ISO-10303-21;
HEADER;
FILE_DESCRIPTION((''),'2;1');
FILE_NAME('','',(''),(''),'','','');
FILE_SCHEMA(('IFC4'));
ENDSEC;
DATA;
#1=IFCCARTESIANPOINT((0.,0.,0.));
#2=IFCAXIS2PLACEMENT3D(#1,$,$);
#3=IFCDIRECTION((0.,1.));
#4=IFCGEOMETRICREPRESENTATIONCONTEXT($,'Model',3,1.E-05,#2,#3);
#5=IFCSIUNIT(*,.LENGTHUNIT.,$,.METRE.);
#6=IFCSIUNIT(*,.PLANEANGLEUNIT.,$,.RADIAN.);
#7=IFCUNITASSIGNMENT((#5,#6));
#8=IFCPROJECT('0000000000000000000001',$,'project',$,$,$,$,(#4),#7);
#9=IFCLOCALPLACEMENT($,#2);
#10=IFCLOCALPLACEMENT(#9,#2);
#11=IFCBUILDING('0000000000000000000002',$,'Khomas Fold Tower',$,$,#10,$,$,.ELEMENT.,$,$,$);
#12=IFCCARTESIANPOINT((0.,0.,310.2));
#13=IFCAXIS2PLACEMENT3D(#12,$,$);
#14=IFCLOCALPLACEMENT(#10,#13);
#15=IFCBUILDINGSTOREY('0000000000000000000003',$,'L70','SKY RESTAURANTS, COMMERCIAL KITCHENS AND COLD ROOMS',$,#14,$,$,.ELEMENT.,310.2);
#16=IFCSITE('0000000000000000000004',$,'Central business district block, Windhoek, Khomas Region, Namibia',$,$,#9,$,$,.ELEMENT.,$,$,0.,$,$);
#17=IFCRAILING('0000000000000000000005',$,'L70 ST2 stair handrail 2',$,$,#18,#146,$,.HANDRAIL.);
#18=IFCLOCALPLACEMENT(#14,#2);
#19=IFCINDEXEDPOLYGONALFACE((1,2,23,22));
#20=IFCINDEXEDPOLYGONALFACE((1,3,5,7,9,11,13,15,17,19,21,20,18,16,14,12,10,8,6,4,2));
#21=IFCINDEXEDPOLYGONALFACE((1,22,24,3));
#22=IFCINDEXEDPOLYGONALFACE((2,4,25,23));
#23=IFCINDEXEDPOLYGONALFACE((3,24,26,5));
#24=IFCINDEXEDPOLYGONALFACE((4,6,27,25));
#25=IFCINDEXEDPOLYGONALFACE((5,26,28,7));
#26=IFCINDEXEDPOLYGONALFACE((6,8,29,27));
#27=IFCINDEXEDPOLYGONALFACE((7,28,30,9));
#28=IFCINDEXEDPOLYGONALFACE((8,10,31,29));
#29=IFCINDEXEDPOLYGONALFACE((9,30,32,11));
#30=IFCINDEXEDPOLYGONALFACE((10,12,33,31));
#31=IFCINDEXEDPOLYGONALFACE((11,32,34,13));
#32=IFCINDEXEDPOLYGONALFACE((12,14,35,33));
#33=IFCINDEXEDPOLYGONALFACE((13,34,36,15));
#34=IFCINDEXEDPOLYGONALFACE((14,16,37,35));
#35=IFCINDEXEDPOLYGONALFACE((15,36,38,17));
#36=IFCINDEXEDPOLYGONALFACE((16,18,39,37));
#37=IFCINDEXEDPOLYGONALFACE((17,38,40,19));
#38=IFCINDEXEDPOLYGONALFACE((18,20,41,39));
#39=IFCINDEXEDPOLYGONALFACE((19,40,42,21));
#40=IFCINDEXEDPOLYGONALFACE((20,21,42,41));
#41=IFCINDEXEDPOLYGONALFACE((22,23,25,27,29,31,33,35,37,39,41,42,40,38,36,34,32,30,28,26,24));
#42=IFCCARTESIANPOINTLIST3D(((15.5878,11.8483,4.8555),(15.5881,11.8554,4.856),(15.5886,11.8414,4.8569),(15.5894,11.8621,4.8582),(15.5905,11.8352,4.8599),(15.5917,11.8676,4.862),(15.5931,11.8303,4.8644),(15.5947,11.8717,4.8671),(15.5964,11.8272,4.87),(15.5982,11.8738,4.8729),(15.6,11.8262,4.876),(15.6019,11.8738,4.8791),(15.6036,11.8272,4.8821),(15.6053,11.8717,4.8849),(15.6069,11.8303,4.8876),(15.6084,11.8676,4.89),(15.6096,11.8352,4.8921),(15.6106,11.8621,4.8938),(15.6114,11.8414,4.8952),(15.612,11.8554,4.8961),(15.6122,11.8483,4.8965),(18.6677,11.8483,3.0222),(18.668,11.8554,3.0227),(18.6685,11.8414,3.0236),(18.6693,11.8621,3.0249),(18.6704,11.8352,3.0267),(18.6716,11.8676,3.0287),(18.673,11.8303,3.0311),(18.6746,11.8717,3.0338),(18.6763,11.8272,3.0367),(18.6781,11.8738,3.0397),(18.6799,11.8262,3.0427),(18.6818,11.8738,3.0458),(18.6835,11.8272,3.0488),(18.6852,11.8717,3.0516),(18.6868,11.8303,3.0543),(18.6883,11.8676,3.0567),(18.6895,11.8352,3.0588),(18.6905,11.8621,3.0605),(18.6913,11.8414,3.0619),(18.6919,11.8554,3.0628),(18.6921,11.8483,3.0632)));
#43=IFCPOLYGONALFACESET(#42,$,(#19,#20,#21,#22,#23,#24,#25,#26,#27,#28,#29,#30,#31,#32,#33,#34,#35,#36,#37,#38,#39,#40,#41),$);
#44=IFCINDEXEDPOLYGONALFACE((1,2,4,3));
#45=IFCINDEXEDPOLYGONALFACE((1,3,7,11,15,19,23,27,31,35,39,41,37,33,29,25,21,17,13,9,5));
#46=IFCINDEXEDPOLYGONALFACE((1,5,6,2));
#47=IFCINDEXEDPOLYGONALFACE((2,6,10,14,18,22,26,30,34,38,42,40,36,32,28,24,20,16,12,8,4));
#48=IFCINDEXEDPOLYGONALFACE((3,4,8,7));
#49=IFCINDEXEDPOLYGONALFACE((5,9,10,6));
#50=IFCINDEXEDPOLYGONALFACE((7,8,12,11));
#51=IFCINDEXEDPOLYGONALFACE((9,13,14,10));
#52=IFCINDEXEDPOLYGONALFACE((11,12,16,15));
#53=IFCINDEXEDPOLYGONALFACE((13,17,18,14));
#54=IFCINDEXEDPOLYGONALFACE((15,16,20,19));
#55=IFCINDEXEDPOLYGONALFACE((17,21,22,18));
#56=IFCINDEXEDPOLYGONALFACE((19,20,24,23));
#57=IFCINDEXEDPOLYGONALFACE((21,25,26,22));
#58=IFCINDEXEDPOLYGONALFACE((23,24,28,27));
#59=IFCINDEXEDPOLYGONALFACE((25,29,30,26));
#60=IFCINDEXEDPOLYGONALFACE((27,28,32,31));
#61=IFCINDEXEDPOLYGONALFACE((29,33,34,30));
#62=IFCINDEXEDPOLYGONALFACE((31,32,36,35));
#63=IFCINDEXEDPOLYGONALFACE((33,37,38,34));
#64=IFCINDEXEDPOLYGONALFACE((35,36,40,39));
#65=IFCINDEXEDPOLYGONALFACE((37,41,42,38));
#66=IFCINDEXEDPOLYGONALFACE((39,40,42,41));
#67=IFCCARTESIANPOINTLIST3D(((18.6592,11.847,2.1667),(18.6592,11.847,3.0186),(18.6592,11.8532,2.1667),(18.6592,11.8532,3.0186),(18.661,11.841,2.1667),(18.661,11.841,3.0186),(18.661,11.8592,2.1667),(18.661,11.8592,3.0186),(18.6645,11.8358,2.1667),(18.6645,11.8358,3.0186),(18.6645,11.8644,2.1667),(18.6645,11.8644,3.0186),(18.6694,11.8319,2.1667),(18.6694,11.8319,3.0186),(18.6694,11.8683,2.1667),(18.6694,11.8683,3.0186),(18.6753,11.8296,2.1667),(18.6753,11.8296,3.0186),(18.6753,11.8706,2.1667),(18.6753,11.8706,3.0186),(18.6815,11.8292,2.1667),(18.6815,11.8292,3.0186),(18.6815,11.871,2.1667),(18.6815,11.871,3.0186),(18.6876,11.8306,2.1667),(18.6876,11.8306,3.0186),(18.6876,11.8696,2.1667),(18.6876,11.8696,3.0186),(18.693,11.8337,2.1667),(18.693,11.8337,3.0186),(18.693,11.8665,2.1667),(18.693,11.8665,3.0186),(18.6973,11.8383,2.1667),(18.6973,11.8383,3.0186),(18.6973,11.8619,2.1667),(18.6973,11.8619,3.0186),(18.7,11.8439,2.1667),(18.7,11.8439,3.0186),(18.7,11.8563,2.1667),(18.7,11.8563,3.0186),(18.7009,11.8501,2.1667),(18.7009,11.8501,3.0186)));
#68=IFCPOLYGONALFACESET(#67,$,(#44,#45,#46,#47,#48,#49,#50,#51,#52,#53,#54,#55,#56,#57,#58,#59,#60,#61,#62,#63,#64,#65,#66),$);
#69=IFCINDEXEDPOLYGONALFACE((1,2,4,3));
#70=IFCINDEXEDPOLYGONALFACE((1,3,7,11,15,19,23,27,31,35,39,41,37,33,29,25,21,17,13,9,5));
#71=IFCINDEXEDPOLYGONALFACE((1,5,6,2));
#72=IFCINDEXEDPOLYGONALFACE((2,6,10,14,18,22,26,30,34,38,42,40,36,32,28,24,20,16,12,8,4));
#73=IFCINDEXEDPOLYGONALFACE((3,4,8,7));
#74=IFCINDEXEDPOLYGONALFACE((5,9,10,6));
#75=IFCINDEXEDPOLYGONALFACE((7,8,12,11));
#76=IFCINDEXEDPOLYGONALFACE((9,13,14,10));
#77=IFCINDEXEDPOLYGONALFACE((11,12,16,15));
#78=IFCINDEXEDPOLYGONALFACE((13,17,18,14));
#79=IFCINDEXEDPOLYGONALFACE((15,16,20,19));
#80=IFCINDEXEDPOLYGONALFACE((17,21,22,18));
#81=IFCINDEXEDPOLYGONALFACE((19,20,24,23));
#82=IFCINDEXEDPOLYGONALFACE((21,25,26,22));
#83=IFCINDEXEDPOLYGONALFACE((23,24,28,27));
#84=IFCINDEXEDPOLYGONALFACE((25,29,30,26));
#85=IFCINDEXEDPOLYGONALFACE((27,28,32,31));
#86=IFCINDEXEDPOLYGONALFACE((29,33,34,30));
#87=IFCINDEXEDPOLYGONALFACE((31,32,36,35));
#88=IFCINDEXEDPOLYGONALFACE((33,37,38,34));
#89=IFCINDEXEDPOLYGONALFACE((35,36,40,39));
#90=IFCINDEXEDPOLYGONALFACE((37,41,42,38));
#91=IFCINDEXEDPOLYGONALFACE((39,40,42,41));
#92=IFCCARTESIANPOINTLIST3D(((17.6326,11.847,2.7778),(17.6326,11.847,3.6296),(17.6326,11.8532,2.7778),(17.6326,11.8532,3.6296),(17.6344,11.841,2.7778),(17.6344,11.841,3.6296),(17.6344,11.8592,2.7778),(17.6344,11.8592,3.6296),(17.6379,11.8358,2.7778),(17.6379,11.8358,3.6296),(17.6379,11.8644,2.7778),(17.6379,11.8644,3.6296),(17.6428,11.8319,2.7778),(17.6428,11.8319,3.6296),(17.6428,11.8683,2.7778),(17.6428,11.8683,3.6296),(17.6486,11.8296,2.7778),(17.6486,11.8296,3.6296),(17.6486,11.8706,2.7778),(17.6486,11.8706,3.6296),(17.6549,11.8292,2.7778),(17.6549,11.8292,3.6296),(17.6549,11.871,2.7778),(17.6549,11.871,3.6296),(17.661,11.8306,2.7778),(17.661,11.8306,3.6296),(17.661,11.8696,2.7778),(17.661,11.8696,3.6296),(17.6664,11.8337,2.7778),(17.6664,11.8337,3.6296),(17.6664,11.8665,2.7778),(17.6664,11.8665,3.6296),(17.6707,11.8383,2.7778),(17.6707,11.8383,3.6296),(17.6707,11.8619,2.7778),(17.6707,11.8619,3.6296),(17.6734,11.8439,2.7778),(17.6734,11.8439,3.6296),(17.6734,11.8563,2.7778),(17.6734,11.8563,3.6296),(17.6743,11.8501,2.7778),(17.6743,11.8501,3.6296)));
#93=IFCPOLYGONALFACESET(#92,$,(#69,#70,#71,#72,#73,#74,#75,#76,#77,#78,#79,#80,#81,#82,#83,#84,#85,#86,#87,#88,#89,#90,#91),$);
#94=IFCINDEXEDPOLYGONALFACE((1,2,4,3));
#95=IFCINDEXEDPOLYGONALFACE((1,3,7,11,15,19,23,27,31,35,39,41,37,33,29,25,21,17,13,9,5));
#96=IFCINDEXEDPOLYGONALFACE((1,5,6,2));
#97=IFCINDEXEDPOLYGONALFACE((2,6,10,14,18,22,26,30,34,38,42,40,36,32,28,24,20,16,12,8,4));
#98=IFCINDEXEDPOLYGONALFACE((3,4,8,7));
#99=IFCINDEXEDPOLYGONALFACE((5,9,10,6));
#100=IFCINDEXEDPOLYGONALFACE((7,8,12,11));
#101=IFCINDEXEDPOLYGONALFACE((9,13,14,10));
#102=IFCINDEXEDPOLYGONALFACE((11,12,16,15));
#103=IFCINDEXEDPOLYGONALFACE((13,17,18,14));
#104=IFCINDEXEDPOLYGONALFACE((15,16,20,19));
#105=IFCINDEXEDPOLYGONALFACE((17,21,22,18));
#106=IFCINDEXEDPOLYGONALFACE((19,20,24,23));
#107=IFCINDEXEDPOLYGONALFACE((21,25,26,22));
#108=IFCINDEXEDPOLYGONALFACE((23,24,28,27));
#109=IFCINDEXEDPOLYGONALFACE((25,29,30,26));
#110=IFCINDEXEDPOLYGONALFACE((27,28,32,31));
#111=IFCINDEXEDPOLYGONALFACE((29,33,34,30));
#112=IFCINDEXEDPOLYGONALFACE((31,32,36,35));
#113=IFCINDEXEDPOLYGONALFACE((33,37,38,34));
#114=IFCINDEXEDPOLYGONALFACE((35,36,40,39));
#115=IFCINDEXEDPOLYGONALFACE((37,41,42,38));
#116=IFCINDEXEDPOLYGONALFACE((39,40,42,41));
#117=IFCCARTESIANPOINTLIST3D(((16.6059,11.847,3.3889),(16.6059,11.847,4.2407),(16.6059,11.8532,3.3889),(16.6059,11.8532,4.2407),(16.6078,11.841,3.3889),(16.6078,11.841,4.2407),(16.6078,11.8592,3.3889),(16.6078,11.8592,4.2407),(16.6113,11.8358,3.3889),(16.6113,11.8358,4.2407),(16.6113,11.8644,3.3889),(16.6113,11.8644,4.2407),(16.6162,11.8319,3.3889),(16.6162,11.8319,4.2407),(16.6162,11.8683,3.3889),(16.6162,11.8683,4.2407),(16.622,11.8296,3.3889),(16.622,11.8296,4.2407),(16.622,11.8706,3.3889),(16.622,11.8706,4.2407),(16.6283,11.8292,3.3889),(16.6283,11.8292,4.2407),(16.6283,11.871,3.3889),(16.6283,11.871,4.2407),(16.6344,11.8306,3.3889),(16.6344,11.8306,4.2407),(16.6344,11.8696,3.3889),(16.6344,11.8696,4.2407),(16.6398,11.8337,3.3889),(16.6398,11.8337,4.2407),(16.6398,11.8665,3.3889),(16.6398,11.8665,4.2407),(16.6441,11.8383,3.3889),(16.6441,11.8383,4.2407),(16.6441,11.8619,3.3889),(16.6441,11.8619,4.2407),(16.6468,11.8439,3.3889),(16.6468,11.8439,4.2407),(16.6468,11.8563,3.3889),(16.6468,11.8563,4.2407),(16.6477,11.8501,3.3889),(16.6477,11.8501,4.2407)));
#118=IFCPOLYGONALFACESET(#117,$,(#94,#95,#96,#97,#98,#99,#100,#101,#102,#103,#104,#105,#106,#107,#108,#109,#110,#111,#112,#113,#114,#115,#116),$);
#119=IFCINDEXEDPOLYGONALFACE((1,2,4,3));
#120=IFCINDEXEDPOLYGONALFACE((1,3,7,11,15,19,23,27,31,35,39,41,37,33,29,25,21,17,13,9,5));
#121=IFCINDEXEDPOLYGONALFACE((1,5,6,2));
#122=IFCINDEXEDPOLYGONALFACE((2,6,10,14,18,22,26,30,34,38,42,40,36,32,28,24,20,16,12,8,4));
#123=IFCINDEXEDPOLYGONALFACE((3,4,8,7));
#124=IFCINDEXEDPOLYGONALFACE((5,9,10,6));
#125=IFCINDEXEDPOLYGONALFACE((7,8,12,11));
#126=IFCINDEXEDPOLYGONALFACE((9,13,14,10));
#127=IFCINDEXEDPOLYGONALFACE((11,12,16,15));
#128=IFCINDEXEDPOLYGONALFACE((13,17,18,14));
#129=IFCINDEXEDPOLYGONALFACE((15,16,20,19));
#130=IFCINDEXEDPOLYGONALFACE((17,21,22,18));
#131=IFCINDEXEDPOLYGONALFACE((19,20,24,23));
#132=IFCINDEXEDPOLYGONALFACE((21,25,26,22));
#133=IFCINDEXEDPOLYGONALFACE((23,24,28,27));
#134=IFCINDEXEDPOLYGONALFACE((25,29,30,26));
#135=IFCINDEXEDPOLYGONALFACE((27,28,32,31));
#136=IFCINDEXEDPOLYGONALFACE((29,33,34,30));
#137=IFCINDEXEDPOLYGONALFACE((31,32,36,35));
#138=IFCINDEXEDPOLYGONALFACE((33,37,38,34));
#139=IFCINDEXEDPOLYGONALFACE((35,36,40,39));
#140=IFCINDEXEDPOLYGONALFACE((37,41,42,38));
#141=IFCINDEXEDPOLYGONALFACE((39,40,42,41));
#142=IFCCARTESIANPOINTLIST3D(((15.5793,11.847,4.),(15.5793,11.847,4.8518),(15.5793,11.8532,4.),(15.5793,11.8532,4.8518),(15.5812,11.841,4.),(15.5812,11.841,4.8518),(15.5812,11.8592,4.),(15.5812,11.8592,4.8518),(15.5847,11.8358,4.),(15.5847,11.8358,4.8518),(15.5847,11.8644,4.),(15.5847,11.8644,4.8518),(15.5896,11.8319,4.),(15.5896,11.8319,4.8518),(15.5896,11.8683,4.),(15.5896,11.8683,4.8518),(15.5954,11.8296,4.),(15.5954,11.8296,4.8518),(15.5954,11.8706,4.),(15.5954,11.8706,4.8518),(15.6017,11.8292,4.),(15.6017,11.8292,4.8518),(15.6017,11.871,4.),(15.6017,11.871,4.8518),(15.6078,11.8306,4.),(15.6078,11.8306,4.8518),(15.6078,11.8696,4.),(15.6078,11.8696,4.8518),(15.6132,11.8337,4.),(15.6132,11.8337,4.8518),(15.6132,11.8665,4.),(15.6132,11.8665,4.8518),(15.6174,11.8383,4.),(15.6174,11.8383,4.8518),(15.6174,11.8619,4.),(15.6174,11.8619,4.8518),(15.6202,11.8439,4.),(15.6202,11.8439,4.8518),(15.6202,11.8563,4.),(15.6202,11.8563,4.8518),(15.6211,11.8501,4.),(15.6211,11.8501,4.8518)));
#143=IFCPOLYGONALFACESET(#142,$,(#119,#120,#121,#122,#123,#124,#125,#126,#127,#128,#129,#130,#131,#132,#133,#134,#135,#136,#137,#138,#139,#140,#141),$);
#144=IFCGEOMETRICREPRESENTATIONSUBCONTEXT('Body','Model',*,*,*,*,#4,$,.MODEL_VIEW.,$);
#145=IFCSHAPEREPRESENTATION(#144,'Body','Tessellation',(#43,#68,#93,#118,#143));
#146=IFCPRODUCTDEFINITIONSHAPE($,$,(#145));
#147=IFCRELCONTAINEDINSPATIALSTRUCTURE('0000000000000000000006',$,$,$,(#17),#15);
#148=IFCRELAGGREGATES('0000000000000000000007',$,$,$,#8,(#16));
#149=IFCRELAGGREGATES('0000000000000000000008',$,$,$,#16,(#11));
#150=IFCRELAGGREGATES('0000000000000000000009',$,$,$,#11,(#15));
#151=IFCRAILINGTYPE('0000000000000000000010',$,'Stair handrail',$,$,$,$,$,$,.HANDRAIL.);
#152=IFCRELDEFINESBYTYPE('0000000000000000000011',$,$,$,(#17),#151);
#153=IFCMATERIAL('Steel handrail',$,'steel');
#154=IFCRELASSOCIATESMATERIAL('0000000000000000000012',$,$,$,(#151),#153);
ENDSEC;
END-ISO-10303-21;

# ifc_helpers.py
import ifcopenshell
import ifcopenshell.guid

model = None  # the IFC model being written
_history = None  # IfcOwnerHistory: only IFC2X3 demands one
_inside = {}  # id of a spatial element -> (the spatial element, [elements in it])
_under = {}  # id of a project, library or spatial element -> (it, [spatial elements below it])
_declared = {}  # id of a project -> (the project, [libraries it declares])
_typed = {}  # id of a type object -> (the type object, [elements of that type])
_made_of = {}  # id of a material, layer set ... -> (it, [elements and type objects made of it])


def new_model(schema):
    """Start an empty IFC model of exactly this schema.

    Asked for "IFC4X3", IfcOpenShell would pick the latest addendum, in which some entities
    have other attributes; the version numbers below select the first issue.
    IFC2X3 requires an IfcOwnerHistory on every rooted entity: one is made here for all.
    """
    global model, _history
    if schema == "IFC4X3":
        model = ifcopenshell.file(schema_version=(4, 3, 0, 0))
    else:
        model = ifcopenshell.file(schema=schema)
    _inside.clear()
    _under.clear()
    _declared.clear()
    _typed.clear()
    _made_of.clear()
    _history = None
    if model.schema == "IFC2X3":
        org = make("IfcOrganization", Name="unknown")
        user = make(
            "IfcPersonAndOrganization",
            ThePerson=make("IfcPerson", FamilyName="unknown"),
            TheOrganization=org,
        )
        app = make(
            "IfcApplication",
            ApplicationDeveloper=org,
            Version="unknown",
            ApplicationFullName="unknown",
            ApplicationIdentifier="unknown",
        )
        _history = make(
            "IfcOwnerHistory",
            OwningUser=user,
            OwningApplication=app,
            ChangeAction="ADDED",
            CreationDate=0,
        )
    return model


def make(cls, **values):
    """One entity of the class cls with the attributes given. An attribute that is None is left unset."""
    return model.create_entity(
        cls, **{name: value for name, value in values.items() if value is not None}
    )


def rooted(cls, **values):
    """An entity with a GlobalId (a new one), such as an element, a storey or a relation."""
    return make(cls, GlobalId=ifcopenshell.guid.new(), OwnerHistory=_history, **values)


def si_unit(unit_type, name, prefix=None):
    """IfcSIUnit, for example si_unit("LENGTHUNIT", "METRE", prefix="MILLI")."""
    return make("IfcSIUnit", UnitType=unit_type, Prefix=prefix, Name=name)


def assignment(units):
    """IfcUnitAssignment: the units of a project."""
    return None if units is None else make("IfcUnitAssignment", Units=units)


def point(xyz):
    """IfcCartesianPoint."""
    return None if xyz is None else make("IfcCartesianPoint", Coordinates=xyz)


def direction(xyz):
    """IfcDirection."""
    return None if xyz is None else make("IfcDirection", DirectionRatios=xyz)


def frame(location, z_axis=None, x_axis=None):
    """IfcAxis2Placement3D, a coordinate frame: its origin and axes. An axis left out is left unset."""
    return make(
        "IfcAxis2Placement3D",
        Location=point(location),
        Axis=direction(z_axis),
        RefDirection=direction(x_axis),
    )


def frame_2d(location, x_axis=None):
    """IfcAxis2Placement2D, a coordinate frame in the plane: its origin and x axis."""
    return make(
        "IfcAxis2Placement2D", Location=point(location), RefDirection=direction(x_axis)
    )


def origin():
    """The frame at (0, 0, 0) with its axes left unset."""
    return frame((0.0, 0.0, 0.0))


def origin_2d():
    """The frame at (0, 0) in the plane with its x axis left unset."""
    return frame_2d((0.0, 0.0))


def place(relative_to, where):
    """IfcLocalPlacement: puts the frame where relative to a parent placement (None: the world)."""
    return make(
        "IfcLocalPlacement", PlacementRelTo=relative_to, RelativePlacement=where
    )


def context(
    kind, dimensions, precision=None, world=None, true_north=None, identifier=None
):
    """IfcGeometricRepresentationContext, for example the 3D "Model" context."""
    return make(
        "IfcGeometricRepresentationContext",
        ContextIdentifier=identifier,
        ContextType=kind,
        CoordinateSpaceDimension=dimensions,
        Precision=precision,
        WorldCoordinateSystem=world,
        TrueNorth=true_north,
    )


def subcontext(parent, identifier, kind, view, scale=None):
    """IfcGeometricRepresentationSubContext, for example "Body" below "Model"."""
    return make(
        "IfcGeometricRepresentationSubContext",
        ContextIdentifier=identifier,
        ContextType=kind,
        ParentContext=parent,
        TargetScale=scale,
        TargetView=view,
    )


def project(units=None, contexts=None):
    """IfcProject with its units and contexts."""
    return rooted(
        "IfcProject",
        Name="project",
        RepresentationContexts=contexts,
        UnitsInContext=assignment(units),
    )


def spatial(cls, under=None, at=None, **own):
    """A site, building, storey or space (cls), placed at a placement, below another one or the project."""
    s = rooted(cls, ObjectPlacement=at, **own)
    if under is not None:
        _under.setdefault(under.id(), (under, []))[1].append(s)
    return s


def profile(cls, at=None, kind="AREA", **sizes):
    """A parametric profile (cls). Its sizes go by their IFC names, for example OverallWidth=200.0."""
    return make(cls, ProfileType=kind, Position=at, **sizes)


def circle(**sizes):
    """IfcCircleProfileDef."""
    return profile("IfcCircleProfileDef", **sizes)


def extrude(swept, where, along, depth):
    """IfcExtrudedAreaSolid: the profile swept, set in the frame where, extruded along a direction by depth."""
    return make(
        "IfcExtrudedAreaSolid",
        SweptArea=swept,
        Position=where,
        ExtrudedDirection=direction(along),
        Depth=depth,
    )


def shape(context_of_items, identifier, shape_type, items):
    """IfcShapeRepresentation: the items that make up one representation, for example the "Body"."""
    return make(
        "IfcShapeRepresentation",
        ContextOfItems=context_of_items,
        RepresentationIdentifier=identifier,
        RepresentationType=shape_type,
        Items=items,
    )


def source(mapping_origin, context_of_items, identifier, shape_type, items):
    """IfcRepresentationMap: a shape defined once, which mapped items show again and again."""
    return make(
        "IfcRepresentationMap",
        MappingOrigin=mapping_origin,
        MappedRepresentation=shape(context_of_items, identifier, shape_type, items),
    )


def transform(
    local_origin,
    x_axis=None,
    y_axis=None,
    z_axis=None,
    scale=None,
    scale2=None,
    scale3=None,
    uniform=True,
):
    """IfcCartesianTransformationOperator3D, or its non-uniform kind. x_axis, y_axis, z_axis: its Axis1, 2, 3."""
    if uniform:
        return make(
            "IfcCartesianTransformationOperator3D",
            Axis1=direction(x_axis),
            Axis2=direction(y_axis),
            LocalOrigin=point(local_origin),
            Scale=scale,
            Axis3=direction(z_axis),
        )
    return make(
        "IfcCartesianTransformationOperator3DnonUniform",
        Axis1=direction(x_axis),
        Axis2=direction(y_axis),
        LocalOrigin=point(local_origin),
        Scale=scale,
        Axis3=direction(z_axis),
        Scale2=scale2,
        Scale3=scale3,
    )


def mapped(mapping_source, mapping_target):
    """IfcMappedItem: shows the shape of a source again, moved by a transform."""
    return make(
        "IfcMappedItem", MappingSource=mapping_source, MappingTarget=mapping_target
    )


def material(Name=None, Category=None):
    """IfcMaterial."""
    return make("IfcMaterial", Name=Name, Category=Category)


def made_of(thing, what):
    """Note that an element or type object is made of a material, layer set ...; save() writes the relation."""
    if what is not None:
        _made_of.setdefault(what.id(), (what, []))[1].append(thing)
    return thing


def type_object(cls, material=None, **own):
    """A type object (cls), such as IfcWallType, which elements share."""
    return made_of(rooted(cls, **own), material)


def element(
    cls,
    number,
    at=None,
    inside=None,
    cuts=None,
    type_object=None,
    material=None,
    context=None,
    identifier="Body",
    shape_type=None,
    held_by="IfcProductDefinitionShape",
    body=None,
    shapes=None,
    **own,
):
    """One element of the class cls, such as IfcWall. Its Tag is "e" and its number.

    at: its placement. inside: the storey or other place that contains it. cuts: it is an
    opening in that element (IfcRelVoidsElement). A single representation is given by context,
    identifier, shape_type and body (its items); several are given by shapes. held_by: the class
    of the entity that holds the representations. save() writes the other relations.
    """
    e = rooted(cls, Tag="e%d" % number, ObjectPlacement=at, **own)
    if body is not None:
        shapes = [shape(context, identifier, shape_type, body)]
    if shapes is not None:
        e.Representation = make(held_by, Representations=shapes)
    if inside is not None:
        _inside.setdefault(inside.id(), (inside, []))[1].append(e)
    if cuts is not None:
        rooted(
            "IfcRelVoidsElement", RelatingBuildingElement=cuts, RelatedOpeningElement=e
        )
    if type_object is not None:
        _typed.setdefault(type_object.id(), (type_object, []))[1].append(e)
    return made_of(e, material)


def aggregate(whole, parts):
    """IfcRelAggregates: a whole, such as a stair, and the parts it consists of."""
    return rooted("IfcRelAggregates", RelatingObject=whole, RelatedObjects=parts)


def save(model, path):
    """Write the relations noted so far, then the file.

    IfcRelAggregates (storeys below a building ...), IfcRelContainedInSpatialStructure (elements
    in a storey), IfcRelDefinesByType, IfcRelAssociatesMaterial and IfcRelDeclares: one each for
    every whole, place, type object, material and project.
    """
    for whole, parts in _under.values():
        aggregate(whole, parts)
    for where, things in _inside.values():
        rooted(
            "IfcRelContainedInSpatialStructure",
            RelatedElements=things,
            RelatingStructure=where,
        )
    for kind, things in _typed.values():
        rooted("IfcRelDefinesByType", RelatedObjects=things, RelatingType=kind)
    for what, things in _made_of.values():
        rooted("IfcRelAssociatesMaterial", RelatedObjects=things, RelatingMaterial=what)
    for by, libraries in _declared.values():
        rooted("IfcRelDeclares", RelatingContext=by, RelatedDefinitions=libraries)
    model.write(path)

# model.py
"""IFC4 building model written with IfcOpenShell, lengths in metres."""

from ifc_helpers import new_model, si_unit, direction, frame, origin, origin_2d, place, context, subcontext, project, spatial, circle, extrude, source, transform, mapped, material, type_object, element, save


model = new_model("IFC4")

# Units and contexts
model_context = context("Model", 3, precision=1e-05, world=origin(), true_north=direction((0.0, 1.0)))
body_context = subcontext(model_context, "Body", "Model", "MODEL_VIEW")
ifc_project = project(units=[si_unit("LENGTHUNIT", "METRE"), si_unit("PLANEANGLEUNIT", "RADIAN")], contexts=[model_context])

# Site, building, storey
site_placement = place(None, origin())
site = spatial("IfcSite", under=ifc_project, at=site_placement, Name="Central business district block, Windhoek, Khomas Region, Namibia", CompositionType="ELEMENT", RefElevation=0.0)
building_placement = place(site_placement, origin())
building = spatial("IfcBuilding", under=site, at=building_placement, Name="Khomas Fold Tower", CompositionType="ELEMENT")
storey_placement = place(building_placement, frame((0.0, 0.0, 310.2)))
storey = spatial("IfcBuildingStorey", under=building, at=storey_placement, Name="L70", Description="SKY RESTAURANTS, COMMERCIAL KITCHENS AND COLD ROOMS", CompositionType="ELEMENT", Elevation=310.2)

# Railing
ifc_material_1 = material(Name="Steel handrail", Category="steel")
railing_type_1 = type_object("IfcRailingType", Name="Stair handrail", PredefinedType="HANDRAIL", material=ifc_material_1)
shared_shape_1 = source(origin(), body_context, "Body", "SweptSolid", [
    extrude(circle(Radius=0.0239, at=origin_2d()), frame((0.0, 0.0, 0.876), z_axis=(-0.859291, 0.0, 0.511487), x_axis=(0.0, -1.0, 0.0)), (0.0, 0.0, 1.0), 3.5842),
    extrude(circle(Radius=0.021, at=origin_2d()), origin(), (0.0, 0.0, 1.0), 0.8518),
    extrude(circle(Radius=0.021, at=origin_2d()), frame((-1.0266, 0.0, 0.6111)), (0.0, 0.0, 1.0), 0.8518),
    extrude(circle(Radius=0.021, at=origin_2d()), frame((-2.0532, 0.0, 1.2222)), (0.0, 0.0, 1.0), 0.8518),
    extrude(circle(Radius=0.021, at=origin_2d()), frame((-3.0798, 0.0, 1.8333)), (0.0, 0.0, 1.0), 0.8518),
])
railing_1_placement = place(storey_placement, frame((18.6799, 11.8501, 2.1667)))
element("IfcRailing", 1, at=railing_1_placement, inside=storey, type_object=railing_type_1, Name="L70 ST2 stair handrail 2", PredefinedType="HANDRAIL", context=body_context, shape_type="MappedRepresentation", body=[
    mapped(shared_shape_1, transform((0.0, 0.0, 0.0))),
])

save(model, "model.ifc")
